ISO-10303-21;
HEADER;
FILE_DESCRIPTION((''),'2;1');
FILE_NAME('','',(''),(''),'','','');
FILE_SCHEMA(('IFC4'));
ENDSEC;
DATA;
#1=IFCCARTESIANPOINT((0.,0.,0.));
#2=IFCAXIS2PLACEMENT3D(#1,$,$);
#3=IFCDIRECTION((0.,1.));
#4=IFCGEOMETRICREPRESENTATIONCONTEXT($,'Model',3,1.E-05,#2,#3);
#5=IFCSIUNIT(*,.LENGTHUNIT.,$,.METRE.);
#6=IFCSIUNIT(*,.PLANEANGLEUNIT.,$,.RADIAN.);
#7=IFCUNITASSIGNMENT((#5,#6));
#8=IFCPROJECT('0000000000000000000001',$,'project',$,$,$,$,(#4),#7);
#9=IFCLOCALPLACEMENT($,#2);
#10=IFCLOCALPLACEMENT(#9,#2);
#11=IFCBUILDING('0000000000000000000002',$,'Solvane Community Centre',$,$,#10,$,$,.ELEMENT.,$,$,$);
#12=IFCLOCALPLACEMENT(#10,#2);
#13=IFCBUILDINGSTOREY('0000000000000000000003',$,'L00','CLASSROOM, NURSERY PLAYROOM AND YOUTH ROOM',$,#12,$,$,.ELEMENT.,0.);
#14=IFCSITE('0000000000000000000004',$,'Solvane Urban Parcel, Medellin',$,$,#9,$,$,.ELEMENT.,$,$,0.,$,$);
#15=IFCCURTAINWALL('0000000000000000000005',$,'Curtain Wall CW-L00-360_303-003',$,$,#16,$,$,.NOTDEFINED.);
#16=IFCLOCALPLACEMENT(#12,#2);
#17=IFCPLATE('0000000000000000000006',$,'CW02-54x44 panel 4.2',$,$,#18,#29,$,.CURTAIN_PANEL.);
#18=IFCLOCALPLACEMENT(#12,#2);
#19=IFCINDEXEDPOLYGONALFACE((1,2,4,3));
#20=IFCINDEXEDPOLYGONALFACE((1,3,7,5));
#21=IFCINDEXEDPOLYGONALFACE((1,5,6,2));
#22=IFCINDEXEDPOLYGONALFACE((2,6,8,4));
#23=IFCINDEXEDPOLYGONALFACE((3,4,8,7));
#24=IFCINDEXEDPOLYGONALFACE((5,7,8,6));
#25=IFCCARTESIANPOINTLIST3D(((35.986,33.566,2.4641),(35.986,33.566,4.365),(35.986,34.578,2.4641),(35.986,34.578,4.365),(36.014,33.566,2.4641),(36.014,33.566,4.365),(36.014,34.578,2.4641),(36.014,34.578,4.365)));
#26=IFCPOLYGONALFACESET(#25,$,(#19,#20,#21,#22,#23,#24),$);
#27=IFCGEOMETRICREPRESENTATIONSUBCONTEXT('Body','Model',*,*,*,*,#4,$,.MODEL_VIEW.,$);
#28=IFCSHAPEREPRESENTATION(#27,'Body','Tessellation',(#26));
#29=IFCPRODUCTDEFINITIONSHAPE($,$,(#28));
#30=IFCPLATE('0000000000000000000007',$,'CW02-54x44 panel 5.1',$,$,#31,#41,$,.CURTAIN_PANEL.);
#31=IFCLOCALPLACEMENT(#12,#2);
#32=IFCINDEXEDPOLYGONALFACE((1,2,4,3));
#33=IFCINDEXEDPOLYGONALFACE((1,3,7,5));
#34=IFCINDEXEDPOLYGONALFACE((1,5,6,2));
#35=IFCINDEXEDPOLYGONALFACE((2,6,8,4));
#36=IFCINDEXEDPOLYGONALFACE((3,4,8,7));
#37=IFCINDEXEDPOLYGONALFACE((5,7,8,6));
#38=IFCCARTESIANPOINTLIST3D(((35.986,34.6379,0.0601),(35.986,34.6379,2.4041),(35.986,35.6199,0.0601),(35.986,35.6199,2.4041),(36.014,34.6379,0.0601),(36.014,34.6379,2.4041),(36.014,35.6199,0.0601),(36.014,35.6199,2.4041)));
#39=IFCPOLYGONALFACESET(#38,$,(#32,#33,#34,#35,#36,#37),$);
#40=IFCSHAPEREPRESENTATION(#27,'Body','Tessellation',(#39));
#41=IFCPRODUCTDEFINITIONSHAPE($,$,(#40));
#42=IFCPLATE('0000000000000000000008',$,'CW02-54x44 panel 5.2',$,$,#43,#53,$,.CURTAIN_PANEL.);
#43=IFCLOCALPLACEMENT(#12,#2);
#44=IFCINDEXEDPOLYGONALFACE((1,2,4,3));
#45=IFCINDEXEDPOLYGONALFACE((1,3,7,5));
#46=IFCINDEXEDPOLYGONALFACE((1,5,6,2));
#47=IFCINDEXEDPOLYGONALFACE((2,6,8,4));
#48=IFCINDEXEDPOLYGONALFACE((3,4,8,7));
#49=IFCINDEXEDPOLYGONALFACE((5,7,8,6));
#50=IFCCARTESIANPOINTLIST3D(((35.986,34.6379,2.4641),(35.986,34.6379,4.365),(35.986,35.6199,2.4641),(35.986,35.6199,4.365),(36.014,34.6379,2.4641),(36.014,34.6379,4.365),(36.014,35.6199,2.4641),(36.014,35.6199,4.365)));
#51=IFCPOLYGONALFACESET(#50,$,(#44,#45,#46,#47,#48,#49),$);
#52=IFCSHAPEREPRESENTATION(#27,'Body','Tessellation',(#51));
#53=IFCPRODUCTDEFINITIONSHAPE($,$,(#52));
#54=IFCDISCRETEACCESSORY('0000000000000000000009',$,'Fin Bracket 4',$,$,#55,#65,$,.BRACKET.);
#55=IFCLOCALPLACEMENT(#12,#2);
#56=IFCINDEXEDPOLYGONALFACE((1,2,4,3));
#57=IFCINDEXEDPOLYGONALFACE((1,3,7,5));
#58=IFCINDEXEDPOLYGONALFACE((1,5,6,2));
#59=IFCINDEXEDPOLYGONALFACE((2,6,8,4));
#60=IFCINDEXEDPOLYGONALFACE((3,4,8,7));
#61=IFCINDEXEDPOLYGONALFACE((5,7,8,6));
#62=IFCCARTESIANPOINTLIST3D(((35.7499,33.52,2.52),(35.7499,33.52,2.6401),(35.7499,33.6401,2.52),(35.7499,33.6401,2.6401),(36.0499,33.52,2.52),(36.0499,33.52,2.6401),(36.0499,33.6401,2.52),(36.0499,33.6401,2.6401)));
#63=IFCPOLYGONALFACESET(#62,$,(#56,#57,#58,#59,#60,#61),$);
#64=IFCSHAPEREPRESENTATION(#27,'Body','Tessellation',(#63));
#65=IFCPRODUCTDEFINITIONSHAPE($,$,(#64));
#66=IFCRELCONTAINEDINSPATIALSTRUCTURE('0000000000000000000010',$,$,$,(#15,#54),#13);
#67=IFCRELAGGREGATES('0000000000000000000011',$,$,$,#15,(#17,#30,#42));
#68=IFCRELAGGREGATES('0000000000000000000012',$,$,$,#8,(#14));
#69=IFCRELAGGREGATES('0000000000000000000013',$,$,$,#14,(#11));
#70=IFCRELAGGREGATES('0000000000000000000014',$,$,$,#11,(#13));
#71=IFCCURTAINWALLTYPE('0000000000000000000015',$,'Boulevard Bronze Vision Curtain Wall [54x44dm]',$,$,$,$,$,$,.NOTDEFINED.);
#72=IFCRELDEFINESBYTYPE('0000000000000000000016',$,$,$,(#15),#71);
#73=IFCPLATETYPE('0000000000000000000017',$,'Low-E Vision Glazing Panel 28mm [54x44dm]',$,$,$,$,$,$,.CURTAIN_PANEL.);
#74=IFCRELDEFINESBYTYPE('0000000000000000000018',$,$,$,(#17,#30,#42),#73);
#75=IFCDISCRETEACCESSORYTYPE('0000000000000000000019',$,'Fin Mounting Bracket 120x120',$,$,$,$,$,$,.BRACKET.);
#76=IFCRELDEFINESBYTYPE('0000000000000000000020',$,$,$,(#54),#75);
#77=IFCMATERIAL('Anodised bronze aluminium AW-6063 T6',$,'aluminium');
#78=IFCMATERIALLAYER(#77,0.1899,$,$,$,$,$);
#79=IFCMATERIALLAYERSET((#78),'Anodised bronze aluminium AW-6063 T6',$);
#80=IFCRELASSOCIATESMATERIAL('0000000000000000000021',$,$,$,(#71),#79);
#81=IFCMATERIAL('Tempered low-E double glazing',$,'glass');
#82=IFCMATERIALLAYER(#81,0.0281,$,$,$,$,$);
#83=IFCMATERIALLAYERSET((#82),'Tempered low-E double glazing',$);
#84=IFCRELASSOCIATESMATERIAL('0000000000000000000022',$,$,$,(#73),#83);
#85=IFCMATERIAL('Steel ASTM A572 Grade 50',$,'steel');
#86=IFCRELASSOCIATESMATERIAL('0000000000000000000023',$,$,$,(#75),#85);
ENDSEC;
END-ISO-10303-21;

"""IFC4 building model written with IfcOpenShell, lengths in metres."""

from ifc_helpers import new_model, si_unit, direction, frame, origin, origin_2d, place, context, subcontext, project, spatial, rectangle, extrude, material, layer, layer_set, type_object, element, aggregate, save


model = new_model("IFC4")

# Units and contexts
model_context = context("Model", 3, precision=1e-05, world=origin(), true_north=direction((0.0, 1.0)))
body_context = subcontext(model_context, "Body", "Model", "MODEL_VIEW")
ifc_project = project(units=[si_unit("LENGTHUNIT", "METRE"), si_unit("PLANEANGLEUNIT", "RADIAN")], contexts=[model_context])

# Site, building, storey
site_placement = place(None, origin())
site = spatial("IfcSite", under=ifc_project, at=site_placement, Name="Solvane Urban Parcel, Medellin", CompositionType="ELEMENT", RefElevation=0.0)
building_placement = place(site_placement, origin())
building = spatial("IfcBuilding", under=site, at=building_placement, Name="Solvane Community Centre", CompositionType="ELEMENT")
storey_placement = place(building_placement, origin())
storey = spatial("IfcBuildingStorey", under=building, at=storey_placement, Name="L00", Description="CLASSROOM, NURSERY PLAYROOM AND YOUTH ROOM", CompositionType="ELEMENT", Elevation=0.0)

# Curtain wall, plates
ifc_material_1 = material(Name="Anodised bronze aluminium AW-6063 T6", Category="aluminium")
ifc_layer_1 = layer(ifc_material_1, 0.1899)
ifc_layer_set_1 = layer_set([ifc_layer_1], Name="Anodised bronze aluminium AW-6063 T6")
curtain_wall_type = type_object("IfcCurtainWallType", Name="Boulevard Bronze Vision Curtain Wall [54x44dm]", PredefinedType="NOTDEFINED", material=ifc_layer_set_1)
curtain_wall_placement = place(storey_placement, origin())
curtain_wall = element("IfcCurtainWall", 1, at=curtain_wall_placement, inside=storey, type_object=curtain_wall_type, Name="Curtain Wall CW-L00-360_303-003", PredefinedType="NOTDEFINED")
ifc_material_2 = material(Name="Tempered low-E double glazing", Category="glass")
ifc_layer_2 = layer(ifc_material_2, 0.0281)
ifc_layer_set_2 = layer_set([ifc_layer_2], Name="Tempered low-E double glazing")
plate_type = type_object("IfcPlateType", Name="Low-E Vision Glazing Panel 28mm [54x44dm]", PredefinedType="CURTAIN_PANEL", material=ifc_layer_set_2)
plate_1_placement = place(storey_placement, frame((36.0, 34.072, 2.4641), z_axis=(0.0, 0.0, 1.0), x_axis=(0.0, 1.0, 0.0)))
plate_1 = element("IfcPlate", 2, at=plate_1_placement, type_object=plate_type, Name="CW02-54x44 panel 4.2", PredefinedType="CURTAIN_PANEL", context=body_context, shape_type="SweptSolid", body=[
    extrude(rectangle(XDim=1.012, YDim=0.0281, at=origin_2d()), origin(), (0.0, 0.0, 1.0), 1.9009),
])
plate_2_placement = place(storey_placement, frame((36.0, 35.1289, 0.0601), z_axis=(0.0, 0.0, 1.0), x_axis=(0.0, 1.0, 0.0)))
plate_2 = element("IfcPlate", 3, at=plate_2_placement, type_object=plate_type, Name="CW02-54x44 panel 5.1", PredefinedType="CURTAIN_PANEL", context=body_context, shape_type="SweptSolid", body=[
    extrude(rectangle(XDim=0.9819, YDim=0.0281, at=origin_2d()), origin(), (0.0, 0.0, 1.0), 2.344),
])
plate_3_placement = place(storey_placement, frame((36.0, 35.1289, 2.4641), z_axis=(0.0, 0.0, 1.0), x_axis=(0.0, 1.0, 0.0)))
plate_3 = element("IfcPlate", 4, at=plate_3_placement, type_object=plate_type, Name="CW02-54x44 panel 5.2", PredefinedType="CURTAIN_PANEL", context=body_context, shape_type="SweptSolid", body=[
    extrude(rectangle(XDim=0.9819, YDim=0.0281, at=origin_2d()), origin(), (0.0, 0.0, 1.0), 1.9009),
])
aggregate(curtain_wall, [plate_1, plate_2, plate_3])

# Discrete accessory
ifc_material_3 = material(Name="Steel ASTM A572 Grade 50", Category="steel")
discrete_accessory_type = type_object("IfcDiscreteAccessoryType", Name="Fin Mounting Bracket 120x120", PredefinedType="BRACKET", material=ifc_material_3)
discrete_accessory_placement = place(storey_placement, frame((35.8999, 33.5801, 2.52), z_axis=(0.0, 0.0, 1.0), x_axis=(0.0, 1.0, 0.0)))
element("IfcDiscreteAccessory", 5, at=discrete_accessory_placement, inside=storey, type_object=discrete_accessory_type, Name="Fin Bracket 4", PredefinedType="BRACKET", context=body_context, shape_type="SweptSolid", body=[
    extrude(rectangle(XDim=0.1201, YDim=0.3, at=origin_2d()), origin(), (0.0, 0.0, 1.0), 0.1201),
])

save(model, "model.ifc")
